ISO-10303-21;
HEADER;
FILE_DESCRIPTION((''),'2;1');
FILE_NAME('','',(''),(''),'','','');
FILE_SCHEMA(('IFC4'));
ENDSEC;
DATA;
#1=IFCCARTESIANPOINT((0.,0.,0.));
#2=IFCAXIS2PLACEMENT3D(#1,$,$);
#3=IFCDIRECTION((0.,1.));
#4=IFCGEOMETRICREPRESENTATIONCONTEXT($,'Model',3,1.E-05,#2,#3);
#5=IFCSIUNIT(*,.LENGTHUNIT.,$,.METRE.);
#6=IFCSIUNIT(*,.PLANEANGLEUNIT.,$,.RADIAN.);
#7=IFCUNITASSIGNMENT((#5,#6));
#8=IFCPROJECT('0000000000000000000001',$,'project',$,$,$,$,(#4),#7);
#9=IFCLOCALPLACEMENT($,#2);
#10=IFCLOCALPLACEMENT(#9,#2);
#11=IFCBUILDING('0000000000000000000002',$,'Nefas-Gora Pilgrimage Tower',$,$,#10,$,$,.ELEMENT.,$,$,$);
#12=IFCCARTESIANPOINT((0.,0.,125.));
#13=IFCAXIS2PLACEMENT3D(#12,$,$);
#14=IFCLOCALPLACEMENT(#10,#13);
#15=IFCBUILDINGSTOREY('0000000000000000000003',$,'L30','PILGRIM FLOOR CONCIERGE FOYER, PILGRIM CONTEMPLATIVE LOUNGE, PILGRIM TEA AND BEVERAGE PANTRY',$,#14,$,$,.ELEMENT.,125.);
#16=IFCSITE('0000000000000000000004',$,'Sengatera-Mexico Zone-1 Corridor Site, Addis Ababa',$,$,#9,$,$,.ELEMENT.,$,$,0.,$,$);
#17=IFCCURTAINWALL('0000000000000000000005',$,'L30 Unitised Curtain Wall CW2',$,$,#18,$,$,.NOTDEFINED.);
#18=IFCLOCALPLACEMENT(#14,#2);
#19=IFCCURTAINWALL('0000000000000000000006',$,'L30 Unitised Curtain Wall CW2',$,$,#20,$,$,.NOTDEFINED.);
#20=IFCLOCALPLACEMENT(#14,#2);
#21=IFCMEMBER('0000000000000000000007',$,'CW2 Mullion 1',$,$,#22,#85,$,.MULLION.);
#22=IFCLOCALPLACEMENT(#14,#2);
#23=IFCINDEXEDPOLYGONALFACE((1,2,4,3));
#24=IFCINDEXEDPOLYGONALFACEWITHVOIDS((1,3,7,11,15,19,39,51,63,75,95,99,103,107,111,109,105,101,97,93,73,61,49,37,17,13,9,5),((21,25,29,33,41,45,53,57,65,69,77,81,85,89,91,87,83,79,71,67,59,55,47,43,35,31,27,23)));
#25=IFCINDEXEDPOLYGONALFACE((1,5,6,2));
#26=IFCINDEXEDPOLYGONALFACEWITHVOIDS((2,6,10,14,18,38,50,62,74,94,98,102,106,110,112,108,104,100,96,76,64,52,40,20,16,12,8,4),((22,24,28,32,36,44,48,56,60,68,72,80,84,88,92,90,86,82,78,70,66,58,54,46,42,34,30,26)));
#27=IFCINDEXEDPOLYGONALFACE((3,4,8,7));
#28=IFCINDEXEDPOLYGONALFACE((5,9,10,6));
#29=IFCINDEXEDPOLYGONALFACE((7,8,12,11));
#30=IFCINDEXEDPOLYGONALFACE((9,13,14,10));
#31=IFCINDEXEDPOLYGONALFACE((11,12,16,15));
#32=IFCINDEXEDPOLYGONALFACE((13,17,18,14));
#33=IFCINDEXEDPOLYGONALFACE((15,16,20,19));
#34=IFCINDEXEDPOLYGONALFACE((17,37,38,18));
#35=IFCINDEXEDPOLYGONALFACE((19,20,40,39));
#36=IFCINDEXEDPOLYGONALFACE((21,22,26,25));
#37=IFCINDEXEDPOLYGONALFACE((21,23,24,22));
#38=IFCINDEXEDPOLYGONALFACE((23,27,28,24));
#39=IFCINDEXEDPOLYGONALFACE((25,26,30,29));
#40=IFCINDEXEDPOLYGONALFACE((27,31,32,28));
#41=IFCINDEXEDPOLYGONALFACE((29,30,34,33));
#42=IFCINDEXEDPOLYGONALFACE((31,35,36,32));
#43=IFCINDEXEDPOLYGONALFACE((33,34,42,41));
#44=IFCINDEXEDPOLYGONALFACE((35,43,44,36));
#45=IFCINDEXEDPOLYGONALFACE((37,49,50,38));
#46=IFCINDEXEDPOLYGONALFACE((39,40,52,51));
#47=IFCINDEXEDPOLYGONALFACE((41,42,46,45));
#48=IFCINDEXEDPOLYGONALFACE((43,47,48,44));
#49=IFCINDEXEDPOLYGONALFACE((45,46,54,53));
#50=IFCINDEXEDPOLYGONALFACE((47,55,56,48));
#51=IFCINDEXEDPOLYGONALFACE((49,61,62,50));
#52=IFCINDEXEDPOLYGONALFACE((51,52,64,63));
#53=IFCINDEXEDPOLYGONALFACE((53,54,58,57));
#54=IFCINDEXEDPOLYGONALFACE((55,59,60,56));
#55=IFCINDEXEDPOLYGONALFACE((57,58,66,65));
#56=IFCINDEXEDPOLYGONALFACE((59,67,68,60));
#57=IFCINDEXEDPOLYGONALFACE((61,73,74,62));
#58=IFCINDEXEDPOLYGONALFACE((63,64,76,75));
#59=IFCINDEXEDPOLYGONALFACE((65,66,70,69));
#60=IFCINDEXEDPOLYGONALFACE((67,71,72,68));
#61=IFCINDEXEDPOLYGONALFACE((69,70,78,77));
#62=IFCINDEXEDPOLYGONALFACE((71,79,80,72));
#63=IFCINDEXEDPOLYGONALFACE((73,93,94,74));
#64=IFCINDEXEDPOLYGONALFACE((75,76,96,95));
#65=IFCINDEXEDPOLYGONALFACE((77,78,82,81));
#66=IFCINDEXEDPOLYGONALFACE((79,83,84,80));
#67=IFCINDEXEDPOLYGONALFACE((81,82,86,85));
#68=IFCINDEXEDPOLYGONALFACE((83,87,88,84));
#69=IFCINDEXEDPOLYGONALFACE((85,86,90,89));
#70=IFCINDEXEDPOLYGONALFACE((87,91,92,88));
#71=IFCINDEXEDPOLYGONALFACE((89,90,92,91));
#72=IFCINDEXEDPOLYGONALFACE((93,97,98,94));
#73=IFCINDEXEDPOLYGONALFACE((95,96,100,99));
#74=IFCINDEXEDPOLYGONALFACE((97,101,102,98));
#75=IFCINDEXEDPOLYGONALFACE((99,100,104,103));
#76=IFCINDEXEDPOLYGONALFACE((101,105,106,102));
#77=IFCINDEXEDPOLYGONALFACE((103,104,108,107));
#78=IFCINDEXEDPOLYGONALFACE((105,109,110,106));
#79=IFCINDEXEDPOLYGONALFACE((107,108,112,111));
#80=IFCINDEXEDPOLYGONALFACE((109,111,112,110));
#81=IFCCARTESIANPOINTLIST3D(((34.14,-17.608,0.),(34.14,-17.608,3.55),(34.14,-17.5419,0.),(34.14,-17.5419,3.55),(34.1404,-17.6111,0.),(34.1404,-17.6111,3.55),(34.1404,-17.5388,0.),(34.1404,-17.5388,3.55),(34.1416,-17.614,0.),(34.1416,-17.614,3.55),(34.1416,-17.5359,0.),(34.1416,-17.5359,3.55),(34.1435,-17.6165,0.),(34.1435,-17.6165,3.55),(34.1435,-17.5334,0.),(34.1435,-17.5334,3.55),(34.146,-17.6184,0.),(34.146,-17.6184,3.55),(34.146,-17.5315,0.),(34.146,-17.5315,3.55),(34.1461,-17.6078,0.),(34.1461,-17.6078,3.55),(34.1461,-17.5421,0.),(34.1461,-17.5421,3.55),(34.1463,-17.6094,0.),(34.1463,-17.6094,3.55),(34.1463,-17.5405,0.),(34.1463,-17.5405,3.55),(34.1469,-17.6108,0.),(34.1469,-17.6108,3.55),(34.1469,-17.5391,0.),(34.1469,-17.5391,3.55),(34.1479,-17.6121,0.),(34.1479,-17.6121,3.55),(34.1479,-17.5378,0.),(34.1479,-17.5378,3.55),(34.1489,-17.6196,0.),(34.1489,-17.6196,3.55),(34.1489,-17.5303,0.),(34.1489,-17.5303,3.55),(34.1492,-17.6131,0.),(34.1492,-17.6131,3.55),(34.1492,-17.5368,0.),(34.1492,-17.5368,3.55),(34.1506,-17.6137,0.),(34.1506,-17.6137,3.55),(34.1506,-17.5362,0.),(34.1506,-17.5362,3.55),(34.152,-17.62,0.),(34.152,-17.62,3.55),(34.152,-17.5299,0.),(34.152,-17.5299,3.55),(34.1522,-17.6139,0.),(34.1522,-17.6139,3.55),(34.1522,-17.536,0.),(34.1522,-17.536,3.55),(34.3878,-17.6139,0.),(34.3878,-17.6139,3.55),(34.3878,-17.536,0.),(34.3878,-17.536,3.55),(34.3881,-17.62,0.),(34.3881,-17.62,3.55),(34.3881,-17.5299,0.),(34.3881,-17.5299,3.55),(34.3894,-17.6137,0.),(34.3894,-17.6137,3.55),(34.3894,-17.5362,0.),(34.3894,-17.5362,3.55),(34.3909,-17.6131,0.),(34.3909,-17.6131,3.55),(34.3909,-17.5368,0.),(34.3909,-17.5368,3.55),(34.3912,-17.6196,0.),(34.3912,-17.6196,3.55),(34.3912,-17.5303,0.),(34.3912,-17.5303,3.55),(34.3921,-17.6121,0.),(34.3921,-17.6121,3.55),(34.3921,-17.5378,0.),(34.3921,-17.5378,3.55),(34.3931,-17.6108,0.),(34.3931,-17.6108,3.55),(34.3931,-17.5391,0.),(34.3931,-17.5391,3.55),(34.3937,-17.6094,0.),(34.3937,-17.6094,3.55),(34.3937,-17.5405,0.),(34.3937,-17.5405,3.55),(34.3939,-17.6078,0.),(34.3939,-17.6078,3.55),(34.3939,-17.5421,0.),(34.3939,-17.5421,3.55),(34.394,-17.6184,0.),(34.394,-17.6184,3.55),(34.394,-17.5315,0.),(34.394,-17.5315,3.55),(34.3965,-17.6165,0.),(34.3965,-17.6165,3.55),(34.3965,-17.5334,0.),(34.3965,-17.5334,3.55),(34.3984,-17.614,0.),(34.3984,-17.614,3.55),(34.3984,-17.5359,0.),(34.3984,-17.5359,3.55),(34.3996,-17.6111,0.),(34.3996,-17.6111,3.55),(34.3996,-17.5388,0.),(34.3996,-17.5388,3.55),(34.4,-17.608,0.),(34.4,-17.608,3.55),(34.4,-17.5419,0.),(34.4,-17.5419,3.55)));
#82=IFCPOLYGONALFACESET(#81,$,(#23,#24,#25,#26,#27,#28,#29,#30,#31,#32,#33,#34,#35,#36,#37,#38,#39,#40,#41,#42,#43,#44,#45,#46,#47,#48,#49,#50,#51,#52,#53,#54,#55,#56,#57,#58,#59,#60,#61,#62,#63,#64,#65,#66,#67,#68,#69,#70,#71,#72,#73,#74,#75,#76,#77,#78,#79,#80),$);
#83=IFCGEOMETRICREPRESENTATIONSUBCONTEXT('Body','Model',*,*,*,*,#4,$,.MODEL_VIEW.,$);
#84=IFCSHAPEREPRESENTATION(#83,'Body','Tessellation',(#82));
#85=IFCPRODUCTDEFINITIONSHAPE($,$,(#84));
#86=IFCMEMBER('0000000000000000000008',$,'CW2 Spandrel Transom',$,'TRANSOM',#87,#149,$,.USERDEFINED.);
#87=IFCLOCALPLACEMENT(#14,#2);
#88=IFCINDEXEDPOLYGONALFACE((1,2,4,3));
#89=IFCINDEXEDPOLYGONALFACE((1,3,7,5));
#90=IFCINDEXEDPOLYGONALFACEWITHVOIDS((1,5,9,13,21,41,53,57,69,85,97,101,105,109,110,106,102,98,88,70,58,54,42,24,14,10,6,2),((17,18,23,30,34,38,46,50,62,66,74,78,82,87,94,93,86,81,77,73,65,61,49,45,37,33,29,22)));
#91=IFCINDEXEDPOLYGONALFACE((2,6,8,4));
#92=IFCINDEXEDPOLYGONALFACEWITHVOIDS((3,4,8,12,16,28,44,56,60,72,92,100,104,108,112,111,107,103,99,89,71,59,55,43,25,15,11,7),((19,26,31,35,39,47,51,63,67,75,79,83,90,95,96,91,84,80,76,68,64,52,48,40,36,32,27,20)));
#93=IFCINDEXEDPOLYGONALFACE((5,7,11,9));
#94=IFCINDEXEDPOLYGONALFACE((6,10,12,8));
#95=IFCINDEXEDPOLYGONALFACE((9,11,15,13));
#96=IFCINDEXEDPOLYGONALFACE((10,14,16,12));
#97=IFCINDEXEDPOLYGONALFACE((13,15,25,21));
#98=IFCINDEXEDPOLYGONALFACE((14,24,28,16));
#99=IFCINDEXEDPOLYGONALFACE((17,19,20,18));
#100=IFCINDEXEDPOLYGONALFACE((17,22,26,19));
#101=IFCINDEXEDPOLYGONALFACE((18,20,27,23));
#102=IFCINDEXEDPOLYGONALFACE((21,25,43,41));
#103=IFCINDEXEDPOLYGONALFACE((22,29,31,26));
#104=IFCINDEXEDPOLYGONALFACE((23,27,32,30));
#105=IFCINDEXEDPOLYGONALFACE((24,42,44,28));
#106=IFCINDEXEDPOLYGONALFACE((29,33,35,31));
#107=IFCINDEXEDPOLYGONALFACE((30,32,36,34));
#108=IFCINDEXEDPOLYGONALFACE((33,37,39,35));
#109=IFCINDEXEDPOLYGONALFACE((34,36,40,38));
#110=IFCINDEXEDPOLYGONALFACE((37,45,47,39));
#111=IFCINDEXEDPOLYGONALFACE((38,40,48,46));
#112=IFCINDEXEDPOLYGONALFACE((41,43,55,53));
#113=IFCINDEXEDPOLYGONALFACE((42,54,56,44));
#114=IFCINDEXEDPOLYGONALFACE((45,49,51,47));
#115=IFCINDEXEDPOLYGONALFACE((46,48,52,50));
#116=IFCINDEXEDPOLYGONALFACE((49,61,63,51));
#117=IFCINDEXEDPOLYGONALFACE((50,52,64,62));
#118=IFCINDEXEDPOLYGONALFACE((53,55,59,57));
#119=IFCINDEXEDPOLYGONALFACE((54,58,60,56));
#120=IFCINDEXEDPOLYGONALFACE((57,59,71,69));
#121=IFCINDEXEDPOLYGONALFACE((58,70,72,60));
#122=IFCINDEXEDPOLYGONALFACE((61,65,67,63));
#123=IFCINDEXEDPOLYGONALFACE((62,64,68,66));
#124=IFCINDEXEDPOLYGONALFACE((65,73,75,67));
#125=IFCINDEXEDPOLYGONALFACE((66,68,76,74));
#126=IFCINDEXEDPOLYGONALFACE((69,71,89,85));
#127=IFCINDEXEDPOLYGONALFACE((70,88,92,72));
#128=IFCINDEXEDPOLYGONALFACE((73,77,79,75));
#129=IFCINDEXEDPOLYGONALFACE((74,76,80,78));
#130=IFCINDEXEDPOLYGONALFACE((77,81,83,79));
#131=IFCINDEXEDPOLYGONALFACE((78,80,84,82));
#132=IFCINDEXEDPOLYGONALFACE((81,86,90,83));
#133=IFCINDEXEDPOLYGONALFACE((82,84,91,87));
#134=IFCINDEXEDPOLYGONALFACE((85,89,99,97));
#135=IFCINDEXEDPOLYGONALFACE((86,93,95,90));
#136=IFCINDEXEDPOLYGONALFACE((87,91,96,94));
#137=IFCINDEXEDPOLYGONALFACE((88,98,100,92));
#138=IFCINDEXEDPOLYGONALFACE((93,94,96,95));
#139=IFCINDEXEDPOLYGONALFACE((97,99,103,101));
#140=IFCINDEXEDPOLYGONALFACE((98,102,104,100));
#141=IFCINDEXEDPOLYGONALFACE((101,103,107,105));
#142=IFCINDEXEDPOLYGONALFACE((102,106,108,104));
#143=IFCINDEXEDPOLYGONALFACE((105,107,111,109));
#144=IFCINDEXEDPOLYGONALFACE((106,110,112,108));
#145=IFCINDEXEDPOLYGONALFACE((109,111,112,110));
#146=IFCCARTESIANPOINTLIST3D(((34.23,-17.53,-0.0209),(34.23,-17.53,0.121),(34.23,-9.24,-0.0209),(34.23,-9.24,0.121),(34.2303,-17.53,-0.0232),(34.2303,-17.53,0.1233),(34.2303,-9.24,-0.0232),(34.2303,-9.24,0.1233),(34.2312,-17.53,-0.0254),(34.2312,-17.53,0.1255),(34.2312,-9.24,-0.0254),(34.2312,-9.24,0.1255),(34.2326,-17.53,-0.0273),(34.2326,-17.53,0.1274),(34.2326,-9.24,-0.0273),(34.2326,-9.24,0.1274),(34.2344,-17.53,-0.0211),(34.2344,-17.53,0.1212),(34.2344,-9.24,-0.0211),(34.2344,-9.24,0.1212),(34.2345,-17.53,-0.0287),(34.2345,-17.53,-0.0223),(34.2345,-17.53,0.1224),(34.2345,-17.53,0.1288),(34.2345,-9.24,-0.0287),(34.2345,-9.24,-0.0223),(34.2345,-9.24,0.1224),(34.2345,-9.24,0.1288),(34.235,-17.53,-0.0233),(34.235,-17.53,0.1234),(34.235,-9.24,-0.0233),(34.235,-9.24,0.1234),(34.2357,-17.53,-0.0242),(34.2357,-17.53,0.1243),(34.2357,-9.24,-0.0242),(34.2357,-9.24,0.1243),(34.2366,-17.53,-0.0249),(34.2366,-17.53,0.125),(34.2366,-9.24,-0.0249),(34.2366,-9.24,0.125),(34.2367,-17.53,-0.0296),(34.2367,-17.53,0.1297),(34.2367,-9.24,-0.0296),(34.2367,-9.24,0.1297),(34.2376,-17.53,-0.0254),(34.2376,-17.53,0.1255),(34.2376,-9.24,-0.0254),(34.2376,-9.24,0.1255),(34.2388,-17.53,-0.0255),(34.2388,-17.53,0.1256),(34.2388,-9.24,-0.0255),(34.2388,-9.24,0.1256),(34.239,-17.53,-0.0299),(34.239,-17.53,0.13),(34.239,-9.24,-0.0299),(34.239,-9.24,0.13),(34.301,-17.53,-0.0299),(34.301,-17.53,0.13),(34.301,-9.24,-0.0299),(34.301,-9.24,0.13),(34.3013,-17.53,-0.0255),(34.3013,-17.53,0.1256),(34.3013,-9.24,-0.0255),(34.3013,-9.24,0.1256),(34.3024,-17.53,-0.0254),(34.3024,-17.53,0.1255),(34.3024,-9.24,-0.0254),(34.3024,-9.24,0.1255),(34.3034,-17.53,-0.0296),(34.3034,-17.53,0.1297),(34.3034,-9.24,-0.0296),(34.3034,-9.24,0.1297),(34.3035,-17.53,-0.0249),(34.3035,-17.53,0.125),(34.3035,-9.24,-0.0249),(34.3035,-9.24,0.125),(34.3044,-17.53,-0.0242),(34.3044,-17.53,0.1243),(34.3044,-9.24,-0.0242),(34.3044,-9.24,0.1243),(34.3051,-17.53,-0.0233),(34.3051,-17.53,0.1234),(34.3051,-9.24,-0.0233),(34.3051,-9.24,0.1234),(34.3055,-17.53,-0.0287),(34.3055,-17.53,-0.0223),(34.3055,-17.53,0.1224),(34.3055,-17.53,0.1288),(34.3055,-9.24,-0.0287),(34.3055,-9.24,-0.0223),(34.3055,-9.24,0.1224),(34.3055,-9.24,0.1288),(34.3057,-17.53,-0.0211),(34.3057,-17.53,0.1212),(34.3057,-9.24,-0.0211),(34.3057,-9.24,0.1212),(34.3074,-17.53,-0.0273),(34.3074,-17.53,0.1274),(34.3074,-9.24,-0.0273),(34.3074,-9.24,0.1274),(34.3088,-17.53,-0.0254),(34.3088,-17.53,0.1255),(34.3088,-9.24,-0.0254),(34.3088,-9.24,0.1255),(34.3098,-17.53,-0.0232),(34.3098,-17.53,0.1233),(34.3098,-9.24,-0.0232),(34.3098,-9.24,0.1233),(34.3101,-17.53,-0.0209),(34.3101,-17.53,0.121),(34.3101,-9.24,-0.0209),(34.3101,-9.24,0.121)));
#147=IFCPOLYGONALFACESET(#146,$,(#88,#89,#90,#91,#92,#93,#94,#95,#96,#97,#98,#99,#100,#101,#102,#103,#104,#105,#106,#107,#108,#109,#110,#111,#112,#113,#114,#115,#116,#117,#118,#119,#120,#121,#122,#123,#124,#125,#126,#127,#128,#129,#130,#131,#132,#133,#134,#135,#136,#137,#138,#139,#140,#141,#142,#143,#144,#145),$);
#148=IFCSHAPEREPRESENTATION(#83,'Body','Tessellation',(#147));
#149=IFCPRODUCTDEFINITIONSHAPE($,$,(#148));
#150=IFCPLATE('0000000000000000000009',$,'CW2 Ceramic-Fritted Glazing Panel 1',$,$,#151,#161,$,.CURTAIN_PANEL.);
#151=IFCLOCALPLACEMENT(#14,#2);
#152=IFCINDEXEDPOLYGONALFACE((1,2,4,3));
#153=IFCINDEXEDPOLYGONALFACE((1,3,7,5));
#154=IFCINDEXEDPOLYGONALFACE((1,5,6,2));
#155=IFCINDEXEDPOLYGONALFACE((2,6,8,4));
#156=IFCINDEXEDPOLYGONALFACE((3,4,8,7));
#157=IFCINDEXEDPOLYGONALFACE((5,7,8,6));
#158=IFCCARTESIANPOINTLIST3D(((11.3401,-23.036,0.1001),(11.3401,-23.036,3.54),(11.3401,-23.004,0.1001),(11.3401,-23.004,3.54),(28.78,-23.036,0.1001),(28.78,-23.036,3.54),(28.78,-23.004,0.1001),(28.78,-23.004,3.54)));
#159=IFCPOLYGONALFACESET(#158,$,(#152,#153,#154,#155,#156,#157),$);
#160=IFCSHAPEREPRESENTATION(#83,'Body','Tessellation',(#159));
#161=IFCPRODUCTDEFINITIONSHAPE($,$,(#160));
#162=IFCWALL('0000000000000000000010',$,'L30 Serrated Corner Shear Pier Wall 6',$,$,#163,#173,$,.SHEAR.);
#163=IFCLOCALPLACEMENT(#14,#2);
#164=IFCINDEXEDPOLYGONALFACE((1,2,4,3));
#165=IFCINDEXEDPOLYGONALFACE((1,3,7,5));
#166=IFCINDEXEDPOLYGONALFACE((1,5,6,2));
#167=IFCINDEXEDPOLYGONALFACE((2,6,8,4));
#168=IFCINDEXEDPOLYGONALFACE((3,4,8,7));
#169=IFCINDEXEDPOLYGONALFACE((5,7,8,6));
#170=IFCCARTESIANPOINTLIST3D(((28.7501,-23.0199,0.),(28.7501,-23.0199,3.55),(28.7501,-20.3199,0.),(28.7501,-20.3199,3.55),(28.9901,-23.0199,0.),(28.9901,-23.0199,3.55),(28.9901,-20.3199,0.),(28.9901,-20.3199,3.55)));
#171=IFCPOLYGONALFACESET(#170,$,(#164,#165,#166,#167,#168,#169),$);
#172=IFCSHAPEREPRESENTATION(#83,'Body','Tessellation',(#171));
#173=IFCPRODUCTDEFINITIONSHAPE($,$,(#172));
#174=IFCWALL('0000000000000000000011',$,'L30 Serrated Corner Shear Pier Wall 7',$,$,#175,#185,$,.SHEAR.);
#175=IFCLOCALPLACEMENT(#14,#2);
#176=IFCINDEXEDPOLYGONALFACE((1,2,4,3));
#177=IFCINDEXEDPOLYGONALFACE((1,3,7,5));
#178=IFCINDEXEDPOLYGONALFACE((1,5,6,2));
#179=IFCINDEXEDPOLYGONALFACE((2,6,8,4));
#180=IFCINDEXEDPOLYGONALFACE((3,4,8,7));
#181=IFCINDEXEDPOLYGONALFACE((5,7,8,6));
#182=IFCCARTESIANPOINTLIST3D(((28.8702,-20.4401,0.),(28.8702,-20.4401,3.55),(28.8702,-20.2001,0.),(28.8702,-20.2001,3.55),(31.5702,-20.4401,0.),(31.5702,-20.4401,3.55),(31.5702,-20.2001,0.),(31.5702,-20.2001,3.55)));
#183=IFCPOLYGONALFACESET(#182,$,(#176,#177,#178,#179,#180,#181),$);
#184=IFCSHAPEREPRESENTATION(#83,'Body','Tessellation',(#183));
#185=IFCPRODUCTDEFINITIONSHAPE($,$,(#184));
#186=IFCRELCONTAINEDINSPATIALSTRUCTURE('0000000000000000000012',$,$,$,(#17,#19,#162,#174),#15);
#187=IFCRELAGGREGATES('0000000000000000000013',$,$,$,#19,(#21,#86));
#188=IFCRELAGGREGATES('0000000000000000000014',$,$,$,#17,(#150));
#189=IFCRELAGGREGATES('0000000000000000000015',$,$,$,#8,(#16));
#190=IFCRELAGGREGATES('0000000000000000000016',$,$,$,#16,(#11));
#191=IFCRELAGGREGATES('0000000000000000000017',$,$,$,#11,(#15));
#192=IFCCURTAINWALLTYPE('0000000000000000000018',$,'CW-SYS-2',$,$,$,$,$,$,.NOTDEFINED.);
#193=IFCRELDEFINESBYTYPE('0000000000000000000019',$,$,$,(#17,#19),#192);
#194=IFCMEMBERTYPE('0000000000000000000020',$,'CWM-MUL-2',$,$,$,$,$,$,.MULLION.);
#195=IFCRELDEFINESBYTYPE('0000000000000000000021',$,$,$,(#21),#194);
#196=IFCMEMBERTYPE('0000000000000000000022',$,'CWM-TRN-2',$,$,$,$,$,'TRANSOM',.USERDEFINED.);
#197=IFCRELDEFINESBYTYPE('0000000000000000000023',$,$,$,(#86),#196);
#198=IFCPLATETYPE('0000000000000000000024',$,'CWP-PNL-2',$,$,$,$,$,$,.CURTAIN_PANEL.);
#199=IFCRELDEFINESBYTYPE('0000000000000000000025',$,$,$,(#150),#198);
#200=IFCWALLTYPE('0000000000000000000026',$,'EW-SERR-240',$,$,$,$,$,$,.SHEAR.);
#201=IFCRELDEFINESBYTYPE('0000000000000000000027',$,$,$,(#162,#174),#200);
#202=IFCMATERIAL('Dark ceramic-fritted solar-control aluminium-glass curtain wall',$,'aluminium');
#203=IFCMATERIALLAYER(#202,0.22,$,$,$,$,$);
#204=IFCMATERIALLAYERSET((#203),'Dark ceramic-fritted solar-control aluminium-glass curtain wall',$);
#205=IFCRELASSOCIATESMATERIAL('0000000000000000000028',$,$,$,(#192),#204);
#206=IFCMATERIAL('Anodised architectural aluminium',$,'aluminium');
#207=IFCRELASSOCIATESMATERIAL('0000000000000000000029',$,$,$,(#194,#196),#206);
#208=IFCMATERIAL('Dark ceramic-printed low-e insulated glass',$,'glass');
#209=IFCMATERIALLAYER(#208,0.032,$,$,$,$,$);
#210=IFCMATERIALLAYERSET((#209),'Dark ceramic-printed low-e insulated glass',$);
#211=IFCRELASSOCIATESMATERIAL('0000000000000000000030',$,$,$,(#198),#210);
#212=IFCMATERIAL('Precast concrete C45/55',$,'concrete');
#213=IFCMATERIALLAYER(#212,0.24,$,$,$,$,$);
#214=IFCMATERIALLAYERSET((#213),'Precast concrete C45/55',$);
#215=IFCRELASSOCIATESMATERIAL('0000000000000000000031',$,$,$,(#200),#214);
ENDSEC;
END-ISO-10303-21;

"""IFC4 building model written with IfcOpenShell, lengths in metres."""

from ifc_helpers import new_model, si_unit, direction, frame, frame_2d, origin, origin_2d, place, context, subcontext, project, spatial, rectangle, hollow_rectangle, extrude, source, transform, mapped, material, layer, layer_set, material_profile, profile_set, type_object, element, aggregate, save


model = new_model("IFC4")

# Units and contexts
model_context = context("Model", 3, precision=1e-05, world=origin(), true_north=direction((0.0, 1.0)))
body_context = subcontext(model_context, "Body", "Model", "MODEL_VIEW")
ifc_project = project(units=[si_unit("LENGTHUNIT", "METRE"), si_unit("PLANEANGLEUNIT", "RADIAN")], contexts=[model_context])

# Site, building, storey
site_placement = place(None, origin())
site = spatial("IfcSite", under=ifc_project, at=site_placement, Name="Sengatera-Mexico Zone-1 Corridor Site, Addis Ababa", CompositionType="ELEMENT", RefElevation=0.0)
building_placement = place(site_placement, origin())
building = spatial("IfcBuilding", under=site, at=building_placement, Name="Nefas-Gora Pilgrimage Tower", CompositionType="ELEMENT")
storey_placement = place(building_placement, frame((0.0, 0.0, 125.0)))
storey = spatial("IfcBuildingStorey", under=building, at=storey_placement, Name="L30", Description="PILGRIM FLOOR CONCIERGE FOYER, PILGRIM CONTEMPLATIVE LOUNGE, PILGRIM TEA AND BEVERAGE PANTRY", CompositionType="ELEMENT", Elevation=125.0)

# Curtain wall
ifc_material_1 = material(Name="Dark ceramic-fritted solar-control aluminium-glass curtain wall", Category="aluminium")
ifc_layer_1 = layer(ifc_material_1, 0.22)
ifc_layer_set_1 = layer_set([ifc_layer_1], Name="Dark ceramic-fritted solar-control aluminium-glass curtain wall")
curtain_wall_type = type_object("IfcCurtainWallType", Name="CW-SYS-2", PredefinedType="NOTDEFINED", material=ifc_layer_set_1)
curtain_wall_1_placement = place(storey_placement, origin())
curtain_wall_1 = element("IfcCurtainWall", 1, at=curtain_wall_1_placement, inside=storey, type_object=curtain_wall_type, Name="L30 Unitised Curtain Wall CW2", PredefinedType="NOTDEFINED")
ifc_material_2 = material(Name="Anodised architectural aluminium", Category="aluminium")
ifc_material_profile_1 = material_profile(ifc_material_2, hollow_rectangle(XDim=0.0901, YDim=0.26, WallThickness=0.0061, InnerFilletRadius=0.0061, OuterFilletRadius=0.012, at=origin_2d()), Name="ALU MULLION 90x260")
ifc_profile_set_1 = profile_set([ifc_material_profile_1], Name="Anodised architectural aluminium")
member_type_1 = type_object("IfcMemberType", Name="CWM-MUL-2", PredefinedType="MULLION", material=ifc_profile_set_1)
shared_shape_1 = source(origin(), body_context, "Body", "SweptSolid", [
    extrude(hollow_rectangle(XDim=0.0901, YDim=0.26, WallThickness=0.0061, InnerFilletRadius=0.0061, OuterFilletRadius=0.012, at=origin_2d()), origin(), (0.0, 0.0, 1.0), 3.55),
])

# Curtain wall, members
curtain_wall_2_placement = place(storey_placement, origin())
curtain_wall_2 = element("IfcCurtainWall", 2, at=curtain_wall_2_placement, inside=storey, type_object=curtain_wall_type, Name="L30 Unitised Curtain Wall CW2", PredefinedType="NOTDEFINED")
member_1_placement = place(storey_placement, frame((34.27, -17.575, 0.0), z_axis=(0.0, 0.0, 1.0), x_axis=(0.0, 1.0, 0.0)))
member_1 = element("IfcMember", 3, at=member_1_placement, type_object=member_type_1, Name="CW2 Mullion 1", PredefinedType="MULLION", context=body_context, shape_type="MappedRepresentation", body=[
    mapped(shared_shape_1, transform((0.0, 0.0, 0.0), x_axis=(1.0, 0.0, 0.0), y_axis=(0.0, 1.0, 0.0), z_axis=(0.0, 0.0, 1.0), scale=1.0)),
])
ifc_material_profile_2 = material_profile(ifc_material_2, hollow_rectangle(XDim=0.0801, YDim=0.1599, WallThickness=0.0044, InnerFilletRadius=0.0044, OuterFilletRadius=0.009, at=origin_2d()), Name="ALU TRANSOM 80x160")
ifc_profile_set_2 = profile_set([ifc_material_profile_2], Name="Anodised architectural aluminium")
member_type_2 = type_object("IfcMemberType", Name="CWM-TRN-2", ElementType="TRANSOM", PredefinedType="USERDEFINED", material=ifc_profile_set_2)
shared_shape_2 = source(origin(), body_context, "Body", "SweptSolid", [
    extrude(hollow_rectangle(XDim=0.0801, YDim=0.1599, WallThickness=0.0044, InnerFilletRadius=0.0044, OuterFilletRadius=0.009, at=origin_2d()), origin(), (0.0, 0.0, 1.0), 8.29),
])
member_2_placement = place(storey_placement, frame((34.27, -17.53, 0.05), z_axis=(0.0, 1.0, 0.0), x_axis=(-1.0, 0.0, 0.0)))
member_2 = element("IfcMember", 4, at=member_2_placement, type_object=member_type_2, Name="CW2 Spandrel Transom", ObjectType="TRANSOM", PredefinedType="USERDEFINED", context=body_context, shape_type="MappedRepresentation", body=[
    mapped(shared_shape_2, transform((0.0, 0.0, 0.0), x_axis=(1.0, 0.0, 0.0), y_axis=(0.0, 1.0, 0.0), z_axis=(0.0, 0.0, 1.0), scale=1.0)),
])
aggregate(curtain_wall_2, [member_1, member_2])

# Plate
ifc_material_3 = material(Name="Dark ceramic-printed low-e insulated glass", Category="glass")
ifc_layer_2 = layer(ifc_material_3, 0.032)
ifc_layer_set_2 = layer_set([ifc_layer_2], Name="Dark ceramic-printed low-e insulated glass")
plate_type = type_object("IfcPlateType", Name="CWP-PNL-2", PredefinedType="CURTAIN_PANEL", material=ifc_layer_set_2)
shared_shape_3 = source(origin(), body_context, "Body", "SweptSolid", [
    extrude(rectangle(XDim=17.4399, YDim=0.032, at=origin_2d()), origin(), (0.0, 0.0, 1.0), 3.4399),
])
plate_placement = place(storey_placement, frame((20.0601, -23.02, 0.1001), z_axis=(0.0, 0.0, 1.0), x_axis=(1.0, 0.0, 0.0)))
plate = element("IfcPlate", 5, at=plate_placement, type_object=plate_type, Name="CW2 Ceramic-Fritted Glazing Panel 1", PredefinedType="CURTAIN_PANEL", context=body_context, shape_type="MappedRepresentation", body=[
    mapped(shared_shape_3, transform((0.0, 0.0, 0.0), x_axis=(1.0, 0.0, 0.0), y_axis=(0.0, 1.0, 0.0), z_axis=(0.0, 0.0, 1.0), scale=1.0)),
])
aggregate(curtain_wall_1, [plate])

# Walls
ifc_material_4 = material(Name="Precast concrete C45/55", Category="concrete")
ifc_layer_3 = layer(ifc_material_4, 0.24)
ifc_layer_set_3 = layer_set([ifc_layer_3], Name="Precast concrete C45/55")
wall_type = type_object("IfcWallType", Name="EW-SERR-240", PredefinedType="SHEAR", material=ifc_layer_set_3)
shared_shape_4 = source(origin(), body_context, "Body", "SweptSolid", [
    extrude(rectangle(XDim=2.7, YDim=0.24, at=frame_2d((1.3501, 0.0))), origin(), (0.0, 0.0, 1.0), 3.55),
])
for number, where, z_axis, x_axis, name in (
    (6, (28.8701, -23.02, 0.0), (0.0, 0.0, 1.0), (0.0, 1.0, 0.0), "L30 Serrated Corner Shear Pier Wall 6"),
    (7, (28.8701, -20.3201, 0.0), (0.0, 0.0, 1.0), (1.0, 0.0, 0.0), "L30 Serrated Corner Shear Pier Wall 7"),
):
    element("IfcWall", number, at=place(storey_placement, frame(where, z_axis=z_axis, x_axis=x_axis)), inside=storey, type_object=wall_type, Name=name, PredefinedType="SHEAR", context=body_context, shape_type="MappedRepresentation", body=[
        mapped(shared_shape_4, transform((0.0, 0.0, 0.0), x_axis=(1.0, 0.0, 0.0), y_axis=(0.0, 1.0, 0.0), z_axis=(0.0, 0.0, 1.0), scale=1.0)),
    ])

save(model, "model.ifc")
